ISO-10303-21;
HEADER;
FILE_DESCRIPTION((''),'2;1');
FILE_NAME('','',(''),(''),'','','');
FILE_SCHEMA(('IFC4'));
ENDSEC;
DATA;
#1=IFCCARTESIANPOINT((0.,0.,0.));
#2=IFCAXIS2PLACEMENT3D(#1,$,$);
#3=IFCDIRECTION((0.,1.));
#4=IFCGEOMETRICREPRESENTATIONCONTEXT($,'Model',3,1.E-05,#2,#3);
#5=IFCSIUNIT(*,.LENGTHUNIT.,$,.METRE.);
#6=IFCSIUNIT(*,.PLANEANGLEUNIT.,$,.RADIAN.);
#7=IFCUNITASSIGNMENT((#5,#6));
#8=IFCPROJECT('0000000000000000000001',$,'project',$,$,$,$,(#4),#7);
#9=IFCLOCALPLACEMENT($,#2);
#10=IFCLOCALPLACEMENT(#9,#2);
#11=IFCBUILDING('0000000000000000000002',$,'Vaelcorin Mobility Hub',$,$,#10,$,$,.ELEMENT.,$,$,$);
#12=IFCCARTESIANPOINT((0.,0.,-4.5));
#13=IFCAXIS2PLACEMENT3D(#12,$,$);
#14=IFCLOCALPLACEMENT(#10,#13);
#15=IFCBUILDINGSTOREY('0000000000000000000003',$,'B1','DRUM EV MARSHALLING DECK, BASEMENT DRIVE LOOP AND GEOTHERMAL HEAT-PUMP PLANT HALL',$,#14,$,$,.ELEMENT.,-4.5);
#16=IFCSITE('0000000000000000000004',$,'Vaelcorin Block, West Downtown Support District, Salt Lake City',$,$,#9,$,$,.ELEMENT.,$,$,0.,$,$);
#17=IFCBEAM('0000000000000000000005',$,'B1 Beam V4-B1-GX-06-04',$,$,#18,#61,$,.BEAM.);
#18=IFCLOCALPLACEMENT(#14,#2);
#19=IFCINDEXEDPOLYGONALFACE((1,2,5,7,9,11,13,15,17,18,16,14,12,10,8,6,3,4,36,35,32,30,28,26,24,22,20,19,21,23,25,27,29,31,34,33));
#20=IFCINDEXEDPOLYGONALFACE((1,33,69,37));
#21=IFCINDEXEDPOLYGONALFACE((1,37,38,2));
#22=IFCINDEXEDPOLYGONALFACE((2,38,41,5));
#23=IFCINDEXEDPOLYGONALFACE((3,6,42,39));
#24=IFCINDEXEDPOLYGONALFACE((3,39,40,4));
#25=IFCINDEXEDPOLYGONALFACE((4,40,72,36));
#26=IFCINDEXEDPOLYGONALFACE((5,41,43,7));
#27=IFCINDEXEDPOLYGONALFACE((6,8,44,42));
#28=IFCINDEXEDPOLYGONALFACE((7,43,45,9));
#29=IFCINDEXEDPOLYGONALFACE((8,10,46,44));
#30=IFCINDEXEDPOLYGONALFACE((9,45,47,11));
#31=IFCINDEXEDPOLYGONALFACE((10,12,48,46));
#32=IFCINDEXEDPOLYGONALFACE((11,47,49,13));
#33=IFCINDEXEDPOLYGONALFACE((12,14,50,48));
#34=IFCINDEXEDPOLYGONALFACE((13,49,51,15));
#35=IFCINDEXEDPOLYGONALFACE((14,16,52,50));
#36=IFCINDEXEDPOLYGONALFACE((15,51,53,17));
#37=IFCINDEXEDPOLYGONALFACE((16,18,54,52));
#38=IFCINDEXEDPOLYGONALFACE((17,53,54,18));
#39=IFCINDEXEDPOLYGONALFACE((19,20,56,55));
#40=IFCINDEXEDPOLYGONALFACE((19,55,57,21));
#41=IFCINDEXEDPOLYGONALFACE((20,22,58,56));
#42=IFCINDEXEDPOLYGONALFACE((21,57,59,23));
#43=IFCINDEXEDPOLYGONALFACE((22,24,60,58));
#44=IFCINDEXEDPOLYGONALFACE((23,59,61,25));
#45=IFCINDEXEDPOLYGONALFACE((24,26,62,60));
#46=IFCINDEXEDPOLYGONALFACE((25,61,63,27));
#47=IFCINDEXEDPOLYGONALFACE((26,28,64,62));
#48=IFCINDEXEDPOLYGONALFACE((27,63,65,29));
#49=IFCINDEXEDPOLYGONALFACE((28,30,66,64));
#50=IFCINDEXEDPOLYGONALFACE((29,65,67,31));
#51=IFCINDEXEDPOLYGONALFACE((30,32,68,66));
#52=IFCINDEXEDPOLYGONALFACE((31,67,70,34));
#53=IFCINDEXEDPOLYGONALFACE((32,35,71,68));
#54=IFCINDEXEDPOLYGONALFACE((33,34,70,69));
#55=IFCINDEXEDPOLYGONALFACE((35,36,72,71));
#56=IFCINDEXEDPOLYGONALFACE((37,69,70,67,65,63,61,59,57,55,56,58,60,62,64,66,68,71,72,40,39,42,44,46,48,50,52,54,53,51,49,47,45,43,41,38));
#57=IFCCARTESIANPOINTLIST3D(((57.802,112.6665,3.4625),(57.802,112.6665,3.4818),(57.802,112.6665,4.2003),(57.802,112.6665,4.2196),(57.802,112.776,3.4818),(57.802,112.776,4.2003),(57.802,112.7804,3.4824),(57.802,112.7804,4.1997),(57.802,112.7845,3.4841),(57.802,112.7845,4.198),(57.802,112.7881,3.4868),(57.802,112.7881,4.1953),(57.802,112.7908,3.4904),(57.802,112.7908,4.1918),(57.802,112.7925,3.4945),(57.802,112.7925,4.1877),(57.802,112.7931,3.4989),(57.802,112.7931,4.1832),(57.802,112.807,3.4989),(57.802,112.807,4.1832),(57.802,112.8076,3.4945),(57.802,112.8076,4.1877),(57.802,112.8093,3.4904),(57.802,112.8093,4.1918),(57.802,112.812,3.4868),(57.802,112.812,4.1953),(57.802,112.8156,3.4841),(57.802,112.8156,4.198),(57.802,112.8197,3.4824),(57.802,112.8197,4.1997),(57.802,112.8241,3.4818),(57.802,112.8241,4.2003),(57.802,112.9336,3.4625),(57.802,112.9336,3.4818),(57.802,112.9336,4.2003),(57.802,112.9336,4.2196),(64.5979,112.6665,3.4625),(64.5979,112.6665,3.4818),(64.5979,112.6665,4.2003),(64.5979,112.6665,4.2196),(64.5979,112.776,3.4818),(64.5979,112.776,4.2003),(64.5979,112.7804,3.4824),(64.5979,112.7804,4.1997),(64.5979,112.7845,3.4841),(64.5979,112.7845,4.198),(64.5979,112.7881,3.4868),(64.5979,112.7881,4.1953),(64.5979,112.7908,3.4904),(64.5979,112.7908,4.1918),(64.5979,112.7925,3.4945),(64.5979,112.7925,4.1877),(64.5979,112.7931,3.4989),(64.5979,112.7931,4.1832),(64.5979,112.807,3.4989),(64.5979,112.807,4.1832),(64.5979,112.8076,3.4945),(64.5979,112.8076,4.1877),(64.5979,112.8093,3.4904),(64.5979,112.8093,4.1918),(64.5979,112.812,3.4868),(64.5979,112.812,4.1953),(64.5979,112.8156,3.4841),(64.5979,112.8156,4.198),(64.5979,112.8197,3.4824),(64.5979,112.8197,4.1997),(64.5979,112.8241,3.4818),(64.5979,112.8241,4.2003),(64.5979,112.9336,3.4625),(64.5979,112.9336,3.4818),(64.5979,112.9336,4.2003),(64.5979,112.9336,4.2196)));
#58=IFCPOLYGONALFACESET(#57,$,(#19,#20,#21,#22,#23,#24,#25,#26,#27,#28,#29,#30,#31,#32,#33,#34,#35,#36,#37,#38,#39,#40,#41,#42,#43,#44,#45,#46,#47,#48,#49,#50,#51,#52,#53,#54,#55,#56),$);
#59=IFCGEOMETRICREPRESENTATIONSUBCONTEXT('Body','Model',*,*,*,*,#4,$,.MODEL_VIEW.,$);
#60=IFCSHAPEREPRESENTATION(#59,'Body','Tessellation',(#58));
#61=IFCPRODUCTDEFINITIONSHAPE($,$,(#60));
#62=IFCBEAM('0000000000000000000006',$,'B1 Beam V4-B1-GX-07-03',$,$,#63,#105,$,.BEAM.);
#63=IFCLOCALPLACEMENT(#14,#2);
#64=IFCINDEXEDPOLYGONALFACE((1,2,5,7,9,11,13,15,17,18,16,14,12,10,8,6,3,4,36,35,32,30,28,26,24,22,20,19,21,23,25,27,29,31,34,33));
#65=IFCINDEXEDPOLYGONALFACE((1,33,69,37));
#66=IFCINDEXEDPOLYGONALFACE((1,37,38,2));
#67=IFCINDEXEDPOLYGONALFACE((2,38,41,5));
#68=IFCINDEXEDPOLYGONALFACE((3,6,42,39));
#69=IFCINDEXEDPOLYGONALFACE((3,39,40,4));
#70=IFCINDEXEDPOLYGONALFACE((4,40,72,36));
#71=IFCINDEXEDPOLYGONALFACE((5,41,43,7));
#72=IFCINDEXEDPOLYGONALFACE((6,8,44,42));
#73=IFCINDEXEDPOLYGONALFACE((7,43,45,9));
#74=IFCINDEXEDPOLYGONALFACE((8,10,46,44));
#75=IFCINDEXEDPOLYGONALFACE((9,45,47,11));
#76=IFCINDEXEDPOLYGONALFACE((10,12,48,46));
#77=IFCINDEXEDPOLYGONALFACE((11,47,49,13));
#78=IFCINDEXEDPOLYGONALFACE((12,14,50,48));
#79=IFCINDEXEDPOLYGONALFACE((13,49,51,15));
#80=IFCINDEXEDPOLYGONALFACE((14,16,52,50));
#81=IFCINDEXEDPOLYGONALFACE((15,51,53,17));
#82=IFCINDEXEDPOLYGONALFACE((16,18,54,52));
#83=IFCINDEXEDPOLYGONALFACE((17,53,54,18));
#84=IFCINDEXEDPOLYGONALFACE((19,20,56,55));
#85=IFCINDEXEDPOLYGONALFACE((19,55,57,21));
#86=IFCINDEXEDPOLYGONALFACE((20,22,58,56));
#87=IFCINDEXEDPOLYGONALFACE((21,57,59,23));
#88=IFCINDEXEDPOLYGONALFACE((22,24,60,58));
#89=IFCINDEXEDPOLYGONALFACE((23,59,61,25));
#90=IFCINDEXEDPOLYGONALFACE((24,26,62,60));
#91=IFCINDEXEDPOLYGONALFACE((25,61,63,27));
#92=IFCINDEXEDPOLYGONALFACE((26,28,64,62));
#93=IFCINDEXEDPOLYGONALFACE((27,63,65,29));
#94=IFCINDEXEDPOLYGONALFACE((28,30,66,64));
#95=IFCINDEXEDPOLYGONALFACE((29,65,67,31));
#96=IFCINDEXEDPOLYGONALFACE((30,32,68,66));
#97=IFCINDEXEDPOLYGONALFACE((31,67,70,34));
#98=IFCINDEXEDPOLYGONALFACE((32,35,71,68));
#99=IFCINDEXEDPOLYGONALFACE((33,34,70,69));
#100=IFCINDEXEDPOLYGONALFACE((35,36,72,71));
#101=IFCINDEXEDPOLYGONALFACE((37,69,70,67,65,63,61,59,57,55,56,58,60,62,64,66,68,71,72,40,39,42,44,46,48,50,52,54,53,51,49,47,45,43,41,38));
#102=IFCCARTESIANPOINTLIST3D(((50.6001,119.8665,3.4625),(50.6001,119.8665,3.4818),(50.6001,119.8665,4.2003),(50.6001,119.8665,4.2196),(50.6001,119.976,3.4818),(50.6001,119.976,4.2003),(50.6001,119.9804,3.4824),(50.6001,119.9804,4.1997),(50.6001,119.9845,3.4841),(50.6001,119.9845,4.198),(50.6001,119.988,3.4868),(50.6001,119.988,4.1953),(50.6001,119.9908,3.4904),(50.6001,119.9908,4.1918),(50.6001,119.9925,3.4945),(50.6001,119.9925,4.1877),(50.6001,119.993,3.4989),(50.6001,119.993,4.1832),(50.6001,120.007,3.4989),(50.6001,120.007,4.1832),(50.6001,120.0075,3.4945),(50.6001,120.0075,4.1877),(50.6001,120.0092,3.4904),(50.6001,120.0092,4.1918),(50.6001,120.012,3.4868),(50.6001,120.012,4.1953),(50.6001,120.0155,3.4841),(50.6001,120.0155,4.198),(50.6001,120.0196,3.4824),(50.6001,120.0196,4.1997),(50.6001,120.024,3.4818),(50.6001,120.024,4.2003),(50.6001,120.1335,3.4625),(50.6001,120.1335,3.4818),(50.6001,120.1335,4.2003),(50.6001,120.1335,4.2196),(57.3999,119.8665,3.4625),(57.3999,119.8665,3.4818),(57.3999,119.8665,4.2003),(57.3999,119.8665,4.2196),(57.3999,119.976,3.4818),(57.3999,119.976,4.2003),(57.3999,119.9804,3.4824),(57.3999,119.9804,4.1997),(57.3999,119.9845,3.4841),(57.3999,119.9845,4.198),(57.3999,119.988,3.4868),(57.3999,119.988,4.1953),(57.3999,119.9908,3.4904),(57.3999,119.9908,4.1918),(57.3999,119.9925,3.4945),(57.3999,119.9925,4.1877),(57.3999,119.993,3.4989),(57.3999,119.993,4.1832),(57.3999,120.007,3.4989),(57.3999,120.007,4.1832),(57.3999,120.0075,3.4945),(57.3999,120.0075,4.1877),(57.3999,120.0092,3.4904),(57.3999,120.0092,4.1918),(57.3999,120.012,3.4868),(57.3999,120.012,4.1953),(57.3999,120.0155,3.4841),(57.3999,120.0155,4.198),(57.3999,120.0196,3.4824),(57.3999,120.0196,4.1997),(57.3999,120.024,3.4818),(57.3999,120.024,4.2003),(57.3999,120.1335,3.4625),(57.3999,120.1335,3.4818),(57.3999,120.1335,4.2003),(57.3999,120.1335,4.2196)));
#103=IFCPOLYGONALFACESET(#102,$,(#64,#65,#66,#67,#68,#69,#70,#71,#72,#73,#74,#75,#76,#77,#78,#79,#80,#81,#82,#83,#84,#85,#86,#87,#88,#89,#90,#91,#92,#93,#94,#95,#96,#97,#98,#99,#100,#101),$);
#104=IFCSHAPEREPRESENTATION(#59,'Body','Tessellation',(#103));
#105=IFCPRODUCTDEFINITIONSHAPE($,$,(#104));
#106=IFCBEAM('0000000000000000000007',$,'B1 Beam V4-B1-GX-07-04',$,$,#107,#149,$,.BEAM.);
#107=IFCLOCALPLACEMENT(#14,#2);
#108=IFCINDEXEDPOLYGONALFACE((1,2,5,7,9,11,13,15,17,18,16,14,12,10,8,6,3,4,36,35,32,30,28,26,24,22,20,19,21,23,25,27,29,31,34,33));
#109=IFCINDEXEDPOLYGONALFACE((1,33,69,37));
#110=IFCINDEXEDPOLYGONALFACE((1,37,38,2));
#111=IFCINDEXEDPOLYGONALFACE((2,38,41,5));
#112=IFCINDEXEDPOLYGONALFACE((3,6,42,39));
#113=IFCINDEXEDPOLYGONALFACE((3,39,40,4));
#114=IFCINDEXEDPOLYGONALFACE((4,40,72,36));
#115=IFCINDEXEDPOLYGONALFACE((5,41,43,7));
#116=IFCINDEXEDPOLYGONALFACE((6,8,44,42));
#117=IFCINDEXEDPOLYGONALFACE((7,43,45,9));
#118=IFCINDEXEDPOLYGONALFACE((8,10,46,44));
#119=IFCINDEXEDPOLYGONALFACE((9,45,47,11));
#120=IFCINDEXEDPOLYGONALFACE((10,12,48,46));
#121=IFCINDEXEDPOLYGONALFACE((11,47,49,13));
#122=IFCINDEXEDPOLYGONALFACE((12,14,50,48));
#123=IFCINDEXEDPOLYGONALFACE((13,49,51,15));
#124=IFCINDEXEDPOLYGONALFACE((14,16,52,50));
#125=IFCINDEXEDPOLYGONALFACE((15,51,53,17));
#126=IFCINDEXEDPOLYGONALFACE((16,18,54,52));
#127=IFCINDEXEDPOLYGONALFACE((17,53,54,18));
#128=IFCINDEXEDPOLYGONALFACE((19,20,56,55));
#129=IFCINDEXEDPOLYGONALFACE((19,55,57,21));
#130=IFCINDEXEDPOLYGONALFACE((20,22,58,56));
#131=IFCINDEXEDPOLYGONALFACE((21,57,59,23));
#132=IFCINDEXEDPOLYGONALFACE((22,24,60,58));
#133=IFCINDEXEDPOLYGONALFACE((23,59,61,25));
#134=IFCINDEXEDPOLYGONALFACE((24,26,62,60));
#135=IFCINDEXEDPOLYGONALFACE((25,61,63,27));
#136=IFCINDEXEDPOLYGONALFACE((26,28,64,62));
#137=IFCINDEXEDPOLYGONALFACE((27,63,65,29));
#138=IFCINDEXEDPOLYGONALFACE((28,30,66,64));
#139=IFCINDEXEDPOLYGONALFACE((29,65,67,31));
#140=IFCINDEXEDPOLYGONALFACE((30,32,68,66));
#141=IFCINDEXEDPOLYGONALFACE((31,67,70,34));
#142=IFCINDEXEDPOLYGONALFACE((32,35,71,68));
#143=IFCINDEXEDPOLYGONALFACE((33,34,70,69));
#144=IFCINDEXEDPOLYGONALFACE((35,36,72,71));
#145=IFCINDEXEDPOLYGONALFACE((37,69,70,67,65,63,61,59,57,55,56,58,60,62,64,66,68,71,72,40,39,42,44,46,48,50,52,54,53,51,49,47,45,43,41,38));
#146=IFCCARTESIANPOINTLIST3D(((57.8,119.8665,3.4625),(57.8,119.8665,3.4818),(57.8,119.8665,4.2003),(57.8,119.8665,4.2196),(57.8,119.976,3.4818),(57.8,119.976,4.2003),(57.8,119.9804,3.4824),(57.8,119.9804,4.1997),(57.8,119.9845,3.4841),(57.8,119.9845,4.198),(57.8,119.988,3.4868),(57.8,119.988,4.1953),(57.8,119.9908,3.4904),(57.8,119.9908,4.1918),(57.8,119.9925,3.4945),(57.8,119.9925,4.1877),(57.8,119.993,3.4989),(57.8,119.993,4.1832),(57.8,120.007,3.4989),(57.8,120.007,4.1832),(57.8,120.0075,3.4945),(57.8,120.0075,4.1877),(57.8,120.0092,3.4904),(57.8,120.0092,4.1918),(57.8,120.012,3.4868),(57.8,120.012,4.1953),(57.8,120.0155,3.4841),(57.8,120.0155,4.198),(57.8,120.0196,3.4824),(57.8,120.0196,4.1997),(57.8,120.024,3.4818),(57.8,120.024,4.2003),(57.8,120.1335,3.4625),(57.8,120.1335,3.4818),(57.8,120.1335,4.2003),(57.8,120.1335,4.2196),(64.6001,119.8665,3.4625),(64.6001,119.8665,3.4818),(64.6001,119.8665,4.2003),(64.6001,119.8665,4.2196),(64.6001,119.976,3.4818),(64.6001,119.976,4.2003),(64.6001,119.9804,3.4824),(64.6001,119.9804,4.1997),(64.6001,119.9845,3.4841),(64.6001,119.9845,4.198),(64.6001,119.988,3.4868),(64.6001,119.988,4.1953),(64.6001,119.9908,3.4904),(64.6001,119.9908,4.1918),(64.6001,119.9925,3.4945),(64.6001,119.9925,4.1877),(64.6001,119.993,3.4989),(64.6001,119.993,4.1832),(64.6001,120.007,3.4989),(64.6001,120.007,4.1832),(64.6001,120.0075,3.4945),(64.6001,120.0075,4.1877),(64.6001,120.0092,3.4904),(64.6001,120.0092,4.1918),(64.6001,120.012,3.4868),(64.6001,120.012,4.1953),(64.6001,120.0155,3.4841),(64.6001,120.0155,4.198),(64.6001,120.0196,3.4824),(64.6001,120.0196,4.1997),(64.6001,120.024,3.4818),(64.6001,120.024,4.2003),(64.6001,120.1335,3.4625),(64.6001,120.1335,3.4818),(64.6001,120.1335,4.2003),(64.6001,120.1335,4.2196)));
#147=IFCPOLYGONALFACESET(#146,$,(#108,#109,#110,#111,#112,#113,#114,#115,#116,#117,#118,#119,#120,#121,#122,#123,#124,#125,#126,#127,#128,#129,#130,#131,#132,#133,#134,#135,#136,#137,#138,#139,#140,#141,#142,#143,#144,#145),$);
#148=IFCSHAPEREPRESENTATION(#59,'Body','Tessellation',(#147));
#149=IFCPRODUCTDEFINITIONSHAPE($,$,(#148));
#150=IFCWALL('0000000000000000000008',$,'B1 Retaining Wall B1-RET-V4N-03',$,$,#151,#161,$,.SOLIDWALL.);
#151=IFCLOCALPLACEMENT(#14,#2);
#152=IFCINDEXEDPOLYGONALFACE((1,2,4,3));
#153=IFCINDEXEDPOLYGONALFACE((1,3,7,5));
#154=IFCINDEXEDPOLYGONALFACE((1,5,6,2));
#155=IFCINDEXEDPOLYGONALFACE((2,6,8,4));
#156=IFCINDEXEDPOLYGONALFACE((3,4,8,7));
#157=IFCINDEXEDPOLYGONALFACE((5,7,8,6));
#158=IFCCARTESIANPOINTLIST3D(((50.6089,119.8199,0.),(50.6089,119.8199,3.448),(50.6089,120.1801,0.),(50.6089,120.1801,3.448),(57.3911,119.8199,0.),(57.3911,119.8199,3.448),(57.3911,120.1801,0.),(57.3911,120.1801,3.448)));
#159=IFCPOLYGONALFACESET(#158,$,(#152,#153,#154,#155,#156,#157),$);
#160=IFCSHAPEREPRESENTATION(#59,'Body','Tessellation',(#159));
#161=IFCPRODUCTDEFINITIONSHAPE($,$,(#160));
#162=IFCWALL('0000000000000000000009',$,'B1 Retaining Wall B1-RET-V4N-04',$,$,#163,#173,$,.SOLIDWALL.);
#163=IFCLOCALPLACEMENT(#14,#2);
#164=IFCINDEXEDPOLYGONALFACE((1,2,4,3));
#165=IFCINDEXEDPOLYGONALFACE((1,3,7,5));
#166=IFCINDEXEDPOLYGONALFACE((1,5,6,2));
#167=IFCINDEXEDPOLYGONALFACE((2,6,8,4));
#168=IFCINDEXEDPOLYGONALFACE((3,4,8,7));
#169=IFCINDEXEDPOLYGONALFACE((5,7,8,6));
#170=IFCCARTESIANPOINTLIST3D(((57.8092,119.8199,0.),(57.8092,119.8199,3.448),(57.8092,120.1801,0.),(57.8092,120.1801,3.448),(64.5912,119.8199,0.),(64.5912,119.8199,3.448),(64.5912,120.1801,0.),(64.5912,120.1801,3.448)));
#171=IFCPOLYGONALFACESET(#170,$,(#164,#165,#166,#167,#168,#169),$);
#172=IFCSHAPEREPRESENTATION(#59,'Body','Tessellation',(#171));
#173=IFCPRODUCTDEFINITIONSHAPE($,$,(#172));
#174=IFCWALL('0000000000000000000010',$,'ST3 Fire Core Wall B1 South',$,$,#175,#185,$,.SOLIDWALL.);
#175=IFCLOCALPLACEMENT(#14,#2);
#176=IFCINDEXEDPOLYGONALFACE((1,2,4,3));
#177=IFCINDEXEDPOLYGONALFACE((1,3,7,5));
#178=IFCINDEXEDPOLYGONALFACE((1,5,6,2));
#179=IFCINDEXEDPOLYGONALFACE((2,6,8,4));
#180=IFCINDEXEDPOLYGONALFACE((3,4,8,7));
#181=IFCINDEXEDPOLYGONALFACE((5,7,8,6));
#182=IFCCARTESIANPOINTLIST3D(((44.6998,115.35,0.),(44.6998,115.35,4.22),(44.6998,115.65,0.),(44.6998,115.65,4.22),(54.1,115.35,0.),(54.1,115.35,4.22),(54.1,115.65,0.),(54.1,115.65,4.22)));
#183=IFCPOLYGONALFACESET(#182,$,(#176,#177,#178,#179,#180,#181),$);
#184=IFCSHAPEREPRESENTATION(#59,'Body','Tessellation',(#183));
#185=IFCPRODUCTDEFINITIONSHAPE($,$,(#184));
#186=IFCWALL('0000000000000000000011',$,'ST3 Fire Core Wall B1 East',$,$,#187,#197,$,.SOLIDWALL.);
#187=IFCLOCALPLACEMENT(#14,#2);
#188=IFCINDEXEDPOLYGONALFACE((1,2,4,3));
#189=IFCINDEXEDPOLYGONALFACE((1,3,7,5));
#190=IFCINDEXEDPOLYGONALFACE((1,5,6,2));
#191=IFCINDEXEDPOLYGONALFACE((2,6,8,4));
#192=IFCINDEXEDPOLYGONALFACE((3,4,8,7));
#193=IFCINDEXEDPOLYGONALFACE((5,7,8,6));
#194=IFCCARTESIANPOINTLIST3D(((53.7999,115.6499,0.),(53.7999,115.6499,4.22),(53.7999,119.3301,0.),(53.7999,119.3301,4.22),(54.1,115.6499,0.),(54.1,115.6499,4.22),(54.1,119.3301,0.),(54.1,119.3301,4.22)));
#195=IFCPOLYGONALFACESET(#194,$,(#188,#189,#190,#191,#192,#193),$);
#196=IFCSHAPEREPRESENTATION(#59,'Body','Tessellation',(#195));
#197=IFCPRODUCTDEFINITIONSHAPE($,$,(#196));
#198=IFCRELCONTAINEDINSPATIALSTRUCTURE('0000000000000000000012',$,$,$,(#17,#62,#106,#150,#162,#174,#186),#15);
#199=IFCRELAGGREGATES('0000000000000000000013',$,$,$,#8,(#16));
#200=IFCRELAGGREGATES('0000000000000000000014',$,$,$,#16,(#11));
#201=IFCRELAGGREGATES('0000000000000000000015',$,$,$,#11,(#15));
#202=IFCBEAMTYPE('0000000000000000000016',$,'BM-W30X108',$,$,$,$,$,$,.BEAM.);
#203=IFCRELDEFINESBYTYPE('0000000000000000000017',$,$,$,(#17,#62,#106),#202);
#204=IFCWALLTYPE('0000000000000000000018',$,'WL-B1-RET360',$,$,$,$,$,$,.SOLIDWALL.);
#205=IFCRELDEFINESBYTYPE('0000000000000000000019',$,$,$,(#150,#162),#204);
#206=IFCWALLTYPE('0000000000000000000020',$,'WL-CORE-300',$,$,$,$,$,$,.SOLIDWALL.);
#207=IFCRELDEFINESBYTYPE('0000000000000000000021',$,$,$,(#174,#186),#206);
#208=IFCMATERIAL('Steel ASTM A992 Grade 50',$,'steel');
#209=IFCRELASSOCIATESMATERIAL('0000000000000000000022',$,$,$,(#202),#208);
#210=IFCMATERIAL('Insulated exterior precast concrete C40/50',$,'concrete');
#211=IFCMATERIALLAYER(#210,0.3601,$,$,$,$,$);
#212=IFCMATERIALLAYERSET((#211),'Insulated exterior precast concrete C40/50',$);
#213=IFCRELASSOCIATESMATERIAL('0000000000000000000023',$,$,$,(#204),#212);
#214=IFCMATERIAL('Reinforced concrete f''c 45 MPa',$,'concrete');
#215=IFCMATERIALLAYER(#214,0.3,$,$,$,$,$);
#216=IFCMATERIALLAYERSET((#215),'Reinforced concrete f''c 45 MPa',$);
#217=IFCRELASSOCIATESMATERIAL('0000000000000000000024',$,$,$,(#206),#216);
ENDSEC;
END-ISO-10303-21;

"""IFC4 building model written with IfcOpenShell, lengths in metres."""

from ifc_helpers import new_model, si_unit, direction, frame, frame_2d, origin, origin_2d, place, context, subcontext, project, spatial, rectangle, i_section, extrude, material, layer, layer_set, material_profile, profile_set, type_object, element, save


model = new_model("IFC4")

# Units and contexts
model_context = context("Model", 3, precision=1e-05, world=origin(), true_north=direction((0.0, 1.0)))
body_context = subcontext(model_context, "Body", "Model", "MODEL_VIEW")
ifc_project = project(units=[si_unit("LENGTHUNIT", "METRE"), si_unit("PLANEANGLEUNIT", "RADIAN")], contexts=[model_context])

# Site, building, storey
site_placement = place(None, origin())
site = spatial("IfcSite", under=ifc_project, at=site_placement, Name="Vaelcorin Block, West Downtown Support District, Salt Lake City", CompositionType="ELEMENT", RefElevation=0.0)
building_placement = place(site_placement, origin())
building = spatial("IfcBuilding", under=site, at=building_placement, Name="Vaelcorin Mobility Hub", CompositionType="ELEMENT")
storey_placement = place(building_placement, frame((0.0, 0.0, -4.5)))
storey = spatial("IfcBuildingStorey", under=building, at=storey_placement, Name="B1", Description="DRUM EV MARSHALLING DECK, BASEMENT DRIVE LOOP AND GEOTHERMAL HEAT-PUMP PLANT HALL", CompositionType="ELEMENT", Elevation=-4.5)

# Shared definitions
ifc_material_1 = material(Name="Steel ASTM A992 Grade 50", Category="steel")

# Beams
ifc_material_profile_1 = material_profile(ifc_material_1, i_section(OverallWidth=0.2671, OverallDepth=0.7571, WebThickness=0.0139, FlangeThickness=0.0193, FilletRadius=0.0171, at=origin_2d()), Name="W30X108")
ifc_profile_set_1 = profile_set([ifc_material_profile_1], Name="Steel ASTM A992 Grade 50")
beam_type_1 = type_object("IfcBeamType", Name="BM-W30X108", PredefinedType="BEAM", material=ifc_profile_set_1)
beam_1_placement = place(storey_placement, frame((57.802, 112.8, 3.8411), z_axis=(1.0, 0.0, 0.0), x_axis=(0.0, 1.0, 0.0)))
element("IfcBeam", 1, at=beam_1_placement, inside=storey, type_object=beam_type_1, Name="B1 Beam V4-B1-GX-06-04", PredefinedType="BEAM", context=body_context, shape_type="SweptSolid", body=[
    extrude(i_section(OverallWidth=0.2671, OverallDepth=0.7571, WebThickness=0.0139, FlangeThickness=0.0193, FilletRadius=0.0171, at=origin_2d()), origin(), (0.0, 0.0, 1.0), 6.7959),
])
beam_2_placement = place(storey_placement, frame((50.6001, 120.0, 3.8411), z_axis=(1.0, 0.0, 0.0), x_axis=(0.0, 1.0, 0.0)))
element("IfcBeam", 2, at=beam_2_placement, inside=storey, type_object=beam_type_1, Name="B1 Beam V4-B1-GX-07-03", PredefinedType="BEAM", context=body_context, shape_type="SweptSolid", body=[
    extrude(i_section(OverallWidth=0.2671, OverallDepth=0.7571, WebThickness=0.0139, FlangeThickness=0.0193, FilletRadius=0.0171, at=origin_2d()), origin(), (0.0, 0.0, 1.0), 6.7998),
])
beam_3_placement = place(storey_placement, frame((57.8, 120.0, 3.8411), z_axis=(1.0, 0.0, 0.0), x_axis=(0.0, 1.0, 0.0)))
element("IfcBeam", 3, at=beam_3_placement, inside=storey, type_object=beam_type_1, Name="B1 Beam V4-B1-GX-07-04", PredefinedType="BEAM", context=body_context, shape_type="SweptSolid", body=[
    extrude(i_section(OverallWidth=0.2671, OverallDepth=0.7571, WebThickness=0.0139, FlangeThickness=0.0193, FilletRadius=0.0171, at=origin_2d()), origin(), (0.0, 0.0, 1.0), 6.8),
])

# Walls
ifc_material_2 = material(Name="Insulated exterior precast concrete C40/50", Category="concrete")
ifc_layer_1 = layer(ifc_material_2, 0.3601)
ifc_layer_set_1 = layer_set([ifc_layer_1], Name="Insulated exterior precast concrete C40/50")
wall_type_1 = type_object("IfcWallType", Name="WL-B1-RET360", PredefinedType="SOLIDWALL", material=ifc_layer_set_1)
wall_1_placement = place(storey_placement, frame((50.6089, 120.0, 0.0), z_axis=(0.0, 0.0, 1.0), x_axis=(1.0, 0.0, 0.0)))
element("IfcWall", 4, at=wall_1_placement, inside=storey, type_object=wall_type_1, Name="B1 Retaining Wall B1-RET-V4N-03", PredefinedType="SOLIDWALL", context=body_context, shape_type="SweptSolid", body=[
    extrude(rectangle(XDim=6.7822, YDim=0.3601, at=frame_2d((3.3911, 0.0))), origin(), (0.0, 0.0, 1.0), 3.448),
])
wall_2_placement = place(storey_placement, frame((57.8091, 120.0, 0.0), z_axis=(0.0, 0.0, 1.0), x_axis=(1.0, 0.0, 0.0)))
element("IfcWall", 5, at=wall_2_placement, inside=storey, type_object=wall_type_1, Name="B1 Retaining Wall B1-RET-V4N-04", PredefinedType="SOLIDWALL", context=body_context, shape_type="SweptSolid", body=[
    extrude(rectangle(XDim=6.782, YDim=0.3601, at=frame_2d((3.3911, 0.0))), origin(), (0.0, 0.0, 1.0), 3.448),
])
ifc_material_3 = material(Name="Reinforced concrete f'c 45 MPa", Category="concrete")
ifc_layer_2 = layer(ifc_material_3, 0.3)
ifc_layer_set_2 = layer_set([ifc_layer_2], Name="Reinforced concrete f'c 45 MPa")
wall_type_2 = type_object("IfcWallType", Name="WL-CORE-300", PredefinedType="SOLIDWALL", material=ifc_layer_set_2)
wall_3_placement = place(storey_placement, frame((54.1001, 115.5, 0.0), z_axis=(0.0, 0.0, 1.0), x_axis=(-1.0, 0.0, 0.0)))
element("IfcWall", 6, at=wall_3_placement, inside=storey, type_object=wall_type_2, Name="ST3 Fire Core Wall B1 South", PredefinedType="SOLIDWALL", context=body_context, shape_type="SweptSolid", body=[
    extrude(rectangle(XDim=9.4001, YDim=0.3, at=frame_2d((4.7002, 0.0))), origin(), (0.0, 0.0, 1.0), 4.22),
])
wall_4_placement = place(storey_placement, frame((53.95, 119.3301, 0.0), z_axis=(0.0, 0.0, 1.0), x_axis=(0.0, -1.0, 0.0)))
element("IfcWall", 7, at=wall_4_placement, inside=storey, type_object=wall_type_2, Name="ST3 Fire Core Wall B1 East", PredefinedType="SOLIDWALL", context=body_context, shape_type="SweptSolid", body=[
    extrude(rectangle(XDim=3.6802, YDim=0.3, at=frame_2d((1.8401, 0.0))), origin(), (0.0, 0.0, 1.0), 4.22),
])

save(model, "model.ifc")
